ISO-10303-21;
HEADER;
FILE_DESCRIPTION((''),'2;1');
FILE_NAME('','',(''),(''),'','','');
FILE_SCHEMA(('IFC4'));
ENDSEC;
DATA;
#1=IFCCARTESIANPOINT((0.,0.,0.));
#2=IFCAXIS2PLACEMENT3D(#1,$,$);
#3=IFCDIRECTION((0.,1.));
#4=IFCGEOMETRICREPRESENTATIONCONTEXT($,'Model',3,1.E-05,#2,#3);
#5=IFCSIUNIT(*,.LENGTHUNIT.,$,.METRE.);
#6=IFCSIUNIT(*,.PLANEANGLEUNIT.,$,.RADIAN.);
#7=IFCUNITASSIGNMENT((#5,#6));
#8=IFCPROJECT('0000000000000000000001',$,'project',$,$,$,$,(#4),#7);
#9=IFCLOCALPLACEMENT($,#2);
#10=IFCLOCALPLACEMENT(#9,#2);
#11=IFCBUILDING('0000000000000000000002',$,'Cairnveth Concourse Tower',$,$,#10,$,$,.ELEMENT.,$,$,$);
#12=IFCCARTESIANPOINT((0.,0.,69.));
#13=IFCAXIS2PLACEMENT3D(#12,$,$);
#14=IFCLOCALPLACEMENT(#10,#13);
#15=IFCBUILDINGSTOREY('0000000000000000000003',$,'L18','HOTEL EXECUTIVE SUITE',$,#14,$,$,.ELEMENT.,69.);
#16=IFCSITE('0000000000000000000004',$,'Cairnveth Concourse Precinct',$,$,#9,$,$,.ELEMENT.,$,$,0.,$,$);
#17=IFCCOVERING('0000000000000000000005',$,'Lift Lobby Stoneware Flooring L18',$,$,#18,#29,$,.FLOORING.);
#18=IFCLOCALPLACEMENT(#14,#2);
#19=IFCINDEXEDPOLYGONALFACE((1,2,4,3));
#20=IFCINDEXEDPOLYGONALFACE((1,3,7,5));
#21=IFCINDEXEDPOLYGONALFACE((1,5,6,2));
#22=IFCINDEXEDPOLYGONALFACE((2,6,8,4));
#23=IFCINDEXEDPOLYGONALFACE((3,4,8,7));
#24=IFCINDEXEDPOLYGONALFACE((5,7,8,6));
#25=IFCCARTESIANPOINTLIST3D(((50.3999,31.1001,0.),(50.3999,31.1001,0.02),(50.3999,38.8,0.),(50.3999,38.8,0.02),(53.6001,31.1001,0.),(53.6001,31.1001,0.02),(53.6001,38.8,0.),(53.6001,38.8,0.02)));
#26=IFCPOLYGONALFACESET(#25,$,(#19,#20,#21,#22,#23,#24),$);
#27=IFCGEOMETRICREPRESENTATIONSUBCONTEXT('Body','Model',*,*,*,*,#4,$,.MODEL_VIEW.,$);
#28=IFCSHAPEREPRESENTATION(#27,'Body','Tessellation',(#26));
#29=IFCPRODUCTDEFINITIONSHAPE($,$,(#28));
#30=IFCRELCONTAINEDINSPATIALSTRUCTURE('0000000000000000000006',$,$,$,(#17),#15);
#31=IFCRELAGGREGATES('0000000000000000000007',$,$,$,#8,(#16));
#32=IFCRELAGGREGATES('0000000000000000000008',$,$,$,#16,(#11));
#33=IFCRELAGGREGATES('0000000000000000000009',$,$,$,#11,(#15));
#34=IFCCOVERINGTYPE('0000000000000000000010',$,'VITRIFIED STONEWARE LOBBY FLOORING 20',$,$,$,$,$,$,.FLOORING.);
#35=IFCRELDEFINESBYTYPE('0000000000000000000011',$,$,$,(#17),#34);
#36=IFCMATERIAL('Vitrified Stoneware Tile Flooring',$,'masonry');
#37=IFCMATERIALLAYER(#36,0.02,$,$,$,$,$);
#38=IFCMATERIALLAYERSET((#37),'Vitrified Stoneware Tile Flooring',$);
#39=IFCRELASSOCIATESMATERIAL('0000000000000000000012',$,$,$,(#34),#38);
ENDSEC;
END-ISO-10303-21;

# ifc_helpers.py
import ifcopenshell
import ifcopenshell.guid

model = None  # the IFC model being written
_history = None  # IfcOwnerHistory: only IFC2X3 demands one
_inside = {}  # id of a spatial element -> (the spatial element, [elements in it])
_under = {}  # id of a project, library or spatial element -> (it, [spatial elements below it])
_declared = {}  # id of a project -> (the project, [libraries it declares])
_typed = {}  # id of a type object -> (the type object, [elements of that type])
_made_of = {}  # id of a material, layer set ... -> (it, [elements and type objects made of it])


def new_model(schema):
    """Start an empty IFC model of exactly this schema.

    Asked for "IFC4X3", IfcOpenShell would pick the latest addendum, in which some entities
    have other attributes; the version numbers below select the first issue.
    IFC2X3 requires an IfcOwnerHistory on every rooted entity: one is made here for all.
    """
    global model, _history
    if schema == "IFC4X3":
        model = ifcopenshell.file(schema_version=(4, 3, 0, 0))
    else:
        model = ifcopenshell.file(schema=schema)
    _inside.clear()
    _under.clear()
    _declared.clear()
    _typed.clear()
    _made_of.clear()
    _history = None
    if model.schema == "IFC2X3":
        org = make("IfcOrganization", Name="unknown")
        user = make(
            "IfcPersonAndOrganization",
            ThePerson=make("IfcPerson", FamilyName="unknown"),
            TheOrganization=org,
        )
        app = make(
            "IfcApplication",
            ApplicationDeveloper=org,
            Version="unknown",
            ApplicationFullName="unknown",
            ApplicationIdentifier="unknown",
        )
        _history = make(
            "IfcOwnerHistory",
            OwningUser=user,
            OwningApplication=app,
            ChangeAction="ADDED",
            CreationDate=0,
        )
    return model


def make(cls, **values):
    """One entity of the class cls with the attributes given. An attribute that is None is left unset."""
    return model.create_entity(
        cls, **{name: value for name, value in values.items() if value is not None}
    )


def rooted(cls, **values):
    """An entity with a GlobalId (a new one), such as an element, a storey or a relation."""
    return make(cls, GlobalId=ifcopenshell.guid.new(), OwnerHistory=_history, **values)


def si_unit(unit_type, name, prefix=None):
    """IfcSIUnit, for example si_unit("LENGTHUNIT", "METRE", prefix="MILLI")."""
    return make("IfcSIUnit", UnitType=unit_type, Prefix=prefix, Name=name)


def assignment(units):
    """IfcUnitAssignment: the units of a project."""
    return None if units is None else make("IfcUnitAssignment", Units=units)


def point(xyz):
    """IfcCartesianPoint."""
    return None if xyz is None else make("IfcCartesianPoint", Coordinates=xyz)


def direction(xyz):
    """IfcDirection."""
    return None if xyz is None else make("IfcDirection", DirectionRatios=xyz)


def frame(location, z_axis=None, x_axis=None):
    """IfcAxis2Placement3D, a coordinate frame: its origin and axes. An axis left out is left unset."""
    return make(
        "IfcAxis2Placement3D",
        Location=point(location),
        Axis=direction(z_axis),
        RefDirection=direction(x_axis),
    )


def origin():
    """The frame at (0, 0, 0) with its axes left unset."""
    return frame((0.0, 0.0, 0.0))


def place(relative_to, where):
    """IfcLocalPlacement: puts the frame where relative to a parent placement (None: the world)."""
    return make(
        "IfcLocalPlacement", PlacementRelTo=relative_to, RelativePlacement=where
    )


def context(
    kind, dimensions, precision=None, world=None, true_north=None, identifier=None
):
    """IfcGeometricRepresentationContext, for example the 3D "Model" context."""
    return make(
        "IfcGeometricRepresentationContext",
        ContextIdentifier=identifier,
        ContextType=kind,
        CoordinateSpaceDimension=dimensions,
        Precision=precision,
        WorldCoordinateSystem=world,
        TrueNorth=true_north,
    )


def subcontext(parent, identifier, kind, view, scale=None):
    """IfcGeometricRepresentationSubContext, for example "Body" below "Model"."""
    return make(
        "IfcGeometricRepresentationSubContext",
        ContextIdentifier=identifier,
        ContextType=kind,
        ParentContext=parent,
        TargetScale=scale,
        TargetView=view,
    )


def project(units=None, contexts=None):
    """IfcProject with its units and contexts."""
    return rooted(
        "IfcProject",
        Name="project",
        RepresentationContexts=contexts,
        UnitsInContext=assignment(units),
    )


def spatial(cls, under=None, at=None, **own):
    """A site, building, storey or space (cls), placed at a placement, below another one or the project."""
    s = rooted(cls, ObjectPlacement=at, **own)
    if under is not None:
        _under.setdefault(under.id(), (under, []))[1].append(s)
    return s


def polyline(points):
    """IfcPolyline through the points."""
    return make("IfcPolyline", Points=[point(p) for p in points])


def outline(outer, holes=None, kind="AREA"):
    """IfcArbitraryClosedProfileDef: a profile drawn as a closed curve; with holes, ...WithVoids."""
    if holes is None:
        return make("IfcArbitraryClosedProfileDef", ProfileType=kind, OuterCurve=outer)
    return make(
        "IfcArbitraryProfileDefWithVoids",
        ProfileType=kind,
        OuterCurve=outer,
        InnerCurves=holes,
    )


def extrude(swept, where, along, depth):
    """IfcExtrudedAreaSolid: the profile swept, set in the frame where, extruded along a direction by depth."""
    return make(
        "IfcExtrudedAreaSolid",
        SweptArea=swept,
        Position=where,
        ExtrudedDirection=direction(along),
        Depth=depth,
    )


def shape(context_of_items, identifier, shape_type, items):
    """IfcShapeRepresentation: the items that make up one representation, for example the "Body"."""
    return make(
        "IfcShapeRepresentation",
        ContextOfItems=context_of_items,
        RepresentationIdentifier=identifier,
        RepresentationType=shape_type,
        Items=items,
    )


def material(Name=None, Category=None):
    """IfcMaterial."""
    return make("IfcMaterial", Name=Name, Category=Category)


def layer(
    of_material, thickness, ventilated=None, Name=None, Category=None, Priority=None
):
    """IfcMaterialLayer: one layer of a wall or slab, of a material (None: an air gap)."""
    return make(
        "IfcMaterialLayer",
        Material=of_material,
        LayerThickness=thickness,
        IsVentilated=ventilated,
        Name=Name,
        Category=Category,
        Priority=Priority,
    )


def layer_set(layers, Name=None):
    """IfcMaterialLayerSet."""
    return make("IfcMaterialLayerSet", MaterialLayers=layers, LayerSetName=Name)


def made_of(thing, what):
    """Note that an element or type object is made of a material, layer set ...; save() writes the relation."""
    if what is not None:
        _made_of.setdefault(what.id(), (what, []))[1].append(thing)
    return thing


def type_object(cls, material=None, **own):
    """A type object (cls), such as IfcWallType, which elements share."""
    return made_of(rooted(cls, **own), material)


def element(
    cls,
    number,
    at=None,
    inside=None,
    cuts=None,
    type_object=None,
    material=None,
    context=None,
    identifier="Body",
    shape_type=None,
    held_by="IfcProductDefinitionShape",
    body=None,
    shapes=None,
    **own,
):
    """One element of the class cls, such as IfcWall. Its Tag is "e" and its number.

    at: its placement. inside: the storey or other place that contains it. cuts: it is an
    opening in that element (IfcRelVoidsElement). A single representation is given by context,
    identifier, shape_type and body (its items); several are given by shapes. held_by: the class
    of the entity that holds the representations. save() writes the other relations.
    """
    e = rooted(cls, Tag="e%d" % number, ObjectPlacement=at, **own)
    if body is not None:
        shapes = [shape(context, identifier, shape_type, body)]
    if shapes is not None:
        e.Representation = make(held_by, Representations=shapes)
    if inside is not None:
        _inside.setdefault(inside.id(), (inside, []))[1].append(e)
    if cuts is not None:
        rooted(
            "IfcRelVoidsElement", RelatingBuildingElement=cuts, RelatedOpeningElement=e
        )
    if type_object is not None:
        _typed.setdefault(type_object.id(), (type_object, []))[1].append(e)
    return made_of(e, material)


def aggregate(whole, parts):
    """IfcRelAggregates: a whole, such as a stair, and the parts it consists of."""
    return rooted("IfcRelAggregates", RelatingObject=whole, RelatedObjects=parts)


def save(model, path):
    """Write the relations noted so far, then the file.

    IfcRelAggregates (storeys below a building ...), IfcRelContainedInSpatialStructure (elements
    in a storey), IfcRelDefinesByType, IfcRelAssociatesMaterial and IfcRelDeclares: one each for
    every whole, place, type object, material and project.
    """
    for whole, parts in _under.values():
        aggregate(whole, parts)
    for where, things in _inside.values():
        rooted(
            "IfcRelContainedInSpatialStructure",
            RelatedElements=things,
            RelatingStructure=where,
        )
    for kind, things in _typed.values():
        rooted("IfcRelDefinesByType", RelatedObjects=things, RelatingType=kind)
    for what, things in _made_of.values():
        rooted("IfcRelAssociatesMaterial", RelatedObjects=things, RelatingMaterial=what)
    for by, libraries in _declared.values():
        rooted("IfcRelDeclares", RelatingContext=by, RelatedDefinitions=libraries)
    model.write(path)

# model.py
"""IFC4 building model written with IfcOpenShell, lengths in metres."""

from ifc_helpers import new_model, si_unit, direction, frame, origin, place, context, subcontext, project, spatial, polyline, outline, extrude, material, layer, layer_set, type_object, element, save


model = new_model("IFC4")

# Units and contexts
model_context = context("Model", 3, precision=1e-05, world=origin(), true_north=direction((0.0, 1.0)))
body_context = subcontext(model_context, "Body", "Model", "MODEL_VIEW")
ifc_project = project(units=[si_unit("LENGTHUNIT", "METRE"), si_unit("PLANEANGLEUNIT", "RADIAN")], contexts=[model_context])

# Site, building, storey
site_placement = place(None, origin())
site = spatial("IfcSite", under=ifc_project, at=site_placement, Name="Cairnveth Concourse Precinct", CompositionType="ELEMENT", RefElevation=0.0)
building_placement = place(site_placement, origin())
building = spatial("IfcBuilding", under=site, at=building_placement, Name="Cairnveth Concourse Tower", CompositionType="ELEMENT")
storey_placement = place(building_placement, frame((0.0, 0.0, 69.0)))
storey = spatial("IfcBuildingStorey", under=building, at=storey_placement, Name="L18", Description="HOTEL EXECUTIVE SUITE", CompositionType="ELEMENT", Elevation=69.0)

# Covering
ifc_material_1 = material(Name="Vitrified Stoneware Tile Flooring", Category="masonry")
ifc_layer_1 = layer(ifc_material_1, 0.02)
ifc_layer_set_1 = layer_set([ifc_layer_1], Name="Vitrified Stoneware Tile Flooring")
covering_type_1 = type_object("IfcCoveringType", Name="VITRIFIED STONEWARE LOBBY FLOORING 20", PredefinedType="FLOORING", material=ifc_layer_set_1)
covering_1_placement = place(storey_placement, origin())
element("IfcCovering", 1, at=covering_1_placement, inside=storey, type_object=covering_type_1, Name="Lift Lobby Stoneware Flooring L18", PredefinedType="FLOORING", context=body_context, shape_type="SweptSolid", body=[
    extrude(outline(polyline([(50.3999, 31.1001), (53.6001, 31.1001), (53.6001, 38.8), (50.3999, 38.8), (50.3999, 31.1001)])), origin(), (0.0, 0.0, 1.0), 0.02),
])

save(model, "model.ifc")
